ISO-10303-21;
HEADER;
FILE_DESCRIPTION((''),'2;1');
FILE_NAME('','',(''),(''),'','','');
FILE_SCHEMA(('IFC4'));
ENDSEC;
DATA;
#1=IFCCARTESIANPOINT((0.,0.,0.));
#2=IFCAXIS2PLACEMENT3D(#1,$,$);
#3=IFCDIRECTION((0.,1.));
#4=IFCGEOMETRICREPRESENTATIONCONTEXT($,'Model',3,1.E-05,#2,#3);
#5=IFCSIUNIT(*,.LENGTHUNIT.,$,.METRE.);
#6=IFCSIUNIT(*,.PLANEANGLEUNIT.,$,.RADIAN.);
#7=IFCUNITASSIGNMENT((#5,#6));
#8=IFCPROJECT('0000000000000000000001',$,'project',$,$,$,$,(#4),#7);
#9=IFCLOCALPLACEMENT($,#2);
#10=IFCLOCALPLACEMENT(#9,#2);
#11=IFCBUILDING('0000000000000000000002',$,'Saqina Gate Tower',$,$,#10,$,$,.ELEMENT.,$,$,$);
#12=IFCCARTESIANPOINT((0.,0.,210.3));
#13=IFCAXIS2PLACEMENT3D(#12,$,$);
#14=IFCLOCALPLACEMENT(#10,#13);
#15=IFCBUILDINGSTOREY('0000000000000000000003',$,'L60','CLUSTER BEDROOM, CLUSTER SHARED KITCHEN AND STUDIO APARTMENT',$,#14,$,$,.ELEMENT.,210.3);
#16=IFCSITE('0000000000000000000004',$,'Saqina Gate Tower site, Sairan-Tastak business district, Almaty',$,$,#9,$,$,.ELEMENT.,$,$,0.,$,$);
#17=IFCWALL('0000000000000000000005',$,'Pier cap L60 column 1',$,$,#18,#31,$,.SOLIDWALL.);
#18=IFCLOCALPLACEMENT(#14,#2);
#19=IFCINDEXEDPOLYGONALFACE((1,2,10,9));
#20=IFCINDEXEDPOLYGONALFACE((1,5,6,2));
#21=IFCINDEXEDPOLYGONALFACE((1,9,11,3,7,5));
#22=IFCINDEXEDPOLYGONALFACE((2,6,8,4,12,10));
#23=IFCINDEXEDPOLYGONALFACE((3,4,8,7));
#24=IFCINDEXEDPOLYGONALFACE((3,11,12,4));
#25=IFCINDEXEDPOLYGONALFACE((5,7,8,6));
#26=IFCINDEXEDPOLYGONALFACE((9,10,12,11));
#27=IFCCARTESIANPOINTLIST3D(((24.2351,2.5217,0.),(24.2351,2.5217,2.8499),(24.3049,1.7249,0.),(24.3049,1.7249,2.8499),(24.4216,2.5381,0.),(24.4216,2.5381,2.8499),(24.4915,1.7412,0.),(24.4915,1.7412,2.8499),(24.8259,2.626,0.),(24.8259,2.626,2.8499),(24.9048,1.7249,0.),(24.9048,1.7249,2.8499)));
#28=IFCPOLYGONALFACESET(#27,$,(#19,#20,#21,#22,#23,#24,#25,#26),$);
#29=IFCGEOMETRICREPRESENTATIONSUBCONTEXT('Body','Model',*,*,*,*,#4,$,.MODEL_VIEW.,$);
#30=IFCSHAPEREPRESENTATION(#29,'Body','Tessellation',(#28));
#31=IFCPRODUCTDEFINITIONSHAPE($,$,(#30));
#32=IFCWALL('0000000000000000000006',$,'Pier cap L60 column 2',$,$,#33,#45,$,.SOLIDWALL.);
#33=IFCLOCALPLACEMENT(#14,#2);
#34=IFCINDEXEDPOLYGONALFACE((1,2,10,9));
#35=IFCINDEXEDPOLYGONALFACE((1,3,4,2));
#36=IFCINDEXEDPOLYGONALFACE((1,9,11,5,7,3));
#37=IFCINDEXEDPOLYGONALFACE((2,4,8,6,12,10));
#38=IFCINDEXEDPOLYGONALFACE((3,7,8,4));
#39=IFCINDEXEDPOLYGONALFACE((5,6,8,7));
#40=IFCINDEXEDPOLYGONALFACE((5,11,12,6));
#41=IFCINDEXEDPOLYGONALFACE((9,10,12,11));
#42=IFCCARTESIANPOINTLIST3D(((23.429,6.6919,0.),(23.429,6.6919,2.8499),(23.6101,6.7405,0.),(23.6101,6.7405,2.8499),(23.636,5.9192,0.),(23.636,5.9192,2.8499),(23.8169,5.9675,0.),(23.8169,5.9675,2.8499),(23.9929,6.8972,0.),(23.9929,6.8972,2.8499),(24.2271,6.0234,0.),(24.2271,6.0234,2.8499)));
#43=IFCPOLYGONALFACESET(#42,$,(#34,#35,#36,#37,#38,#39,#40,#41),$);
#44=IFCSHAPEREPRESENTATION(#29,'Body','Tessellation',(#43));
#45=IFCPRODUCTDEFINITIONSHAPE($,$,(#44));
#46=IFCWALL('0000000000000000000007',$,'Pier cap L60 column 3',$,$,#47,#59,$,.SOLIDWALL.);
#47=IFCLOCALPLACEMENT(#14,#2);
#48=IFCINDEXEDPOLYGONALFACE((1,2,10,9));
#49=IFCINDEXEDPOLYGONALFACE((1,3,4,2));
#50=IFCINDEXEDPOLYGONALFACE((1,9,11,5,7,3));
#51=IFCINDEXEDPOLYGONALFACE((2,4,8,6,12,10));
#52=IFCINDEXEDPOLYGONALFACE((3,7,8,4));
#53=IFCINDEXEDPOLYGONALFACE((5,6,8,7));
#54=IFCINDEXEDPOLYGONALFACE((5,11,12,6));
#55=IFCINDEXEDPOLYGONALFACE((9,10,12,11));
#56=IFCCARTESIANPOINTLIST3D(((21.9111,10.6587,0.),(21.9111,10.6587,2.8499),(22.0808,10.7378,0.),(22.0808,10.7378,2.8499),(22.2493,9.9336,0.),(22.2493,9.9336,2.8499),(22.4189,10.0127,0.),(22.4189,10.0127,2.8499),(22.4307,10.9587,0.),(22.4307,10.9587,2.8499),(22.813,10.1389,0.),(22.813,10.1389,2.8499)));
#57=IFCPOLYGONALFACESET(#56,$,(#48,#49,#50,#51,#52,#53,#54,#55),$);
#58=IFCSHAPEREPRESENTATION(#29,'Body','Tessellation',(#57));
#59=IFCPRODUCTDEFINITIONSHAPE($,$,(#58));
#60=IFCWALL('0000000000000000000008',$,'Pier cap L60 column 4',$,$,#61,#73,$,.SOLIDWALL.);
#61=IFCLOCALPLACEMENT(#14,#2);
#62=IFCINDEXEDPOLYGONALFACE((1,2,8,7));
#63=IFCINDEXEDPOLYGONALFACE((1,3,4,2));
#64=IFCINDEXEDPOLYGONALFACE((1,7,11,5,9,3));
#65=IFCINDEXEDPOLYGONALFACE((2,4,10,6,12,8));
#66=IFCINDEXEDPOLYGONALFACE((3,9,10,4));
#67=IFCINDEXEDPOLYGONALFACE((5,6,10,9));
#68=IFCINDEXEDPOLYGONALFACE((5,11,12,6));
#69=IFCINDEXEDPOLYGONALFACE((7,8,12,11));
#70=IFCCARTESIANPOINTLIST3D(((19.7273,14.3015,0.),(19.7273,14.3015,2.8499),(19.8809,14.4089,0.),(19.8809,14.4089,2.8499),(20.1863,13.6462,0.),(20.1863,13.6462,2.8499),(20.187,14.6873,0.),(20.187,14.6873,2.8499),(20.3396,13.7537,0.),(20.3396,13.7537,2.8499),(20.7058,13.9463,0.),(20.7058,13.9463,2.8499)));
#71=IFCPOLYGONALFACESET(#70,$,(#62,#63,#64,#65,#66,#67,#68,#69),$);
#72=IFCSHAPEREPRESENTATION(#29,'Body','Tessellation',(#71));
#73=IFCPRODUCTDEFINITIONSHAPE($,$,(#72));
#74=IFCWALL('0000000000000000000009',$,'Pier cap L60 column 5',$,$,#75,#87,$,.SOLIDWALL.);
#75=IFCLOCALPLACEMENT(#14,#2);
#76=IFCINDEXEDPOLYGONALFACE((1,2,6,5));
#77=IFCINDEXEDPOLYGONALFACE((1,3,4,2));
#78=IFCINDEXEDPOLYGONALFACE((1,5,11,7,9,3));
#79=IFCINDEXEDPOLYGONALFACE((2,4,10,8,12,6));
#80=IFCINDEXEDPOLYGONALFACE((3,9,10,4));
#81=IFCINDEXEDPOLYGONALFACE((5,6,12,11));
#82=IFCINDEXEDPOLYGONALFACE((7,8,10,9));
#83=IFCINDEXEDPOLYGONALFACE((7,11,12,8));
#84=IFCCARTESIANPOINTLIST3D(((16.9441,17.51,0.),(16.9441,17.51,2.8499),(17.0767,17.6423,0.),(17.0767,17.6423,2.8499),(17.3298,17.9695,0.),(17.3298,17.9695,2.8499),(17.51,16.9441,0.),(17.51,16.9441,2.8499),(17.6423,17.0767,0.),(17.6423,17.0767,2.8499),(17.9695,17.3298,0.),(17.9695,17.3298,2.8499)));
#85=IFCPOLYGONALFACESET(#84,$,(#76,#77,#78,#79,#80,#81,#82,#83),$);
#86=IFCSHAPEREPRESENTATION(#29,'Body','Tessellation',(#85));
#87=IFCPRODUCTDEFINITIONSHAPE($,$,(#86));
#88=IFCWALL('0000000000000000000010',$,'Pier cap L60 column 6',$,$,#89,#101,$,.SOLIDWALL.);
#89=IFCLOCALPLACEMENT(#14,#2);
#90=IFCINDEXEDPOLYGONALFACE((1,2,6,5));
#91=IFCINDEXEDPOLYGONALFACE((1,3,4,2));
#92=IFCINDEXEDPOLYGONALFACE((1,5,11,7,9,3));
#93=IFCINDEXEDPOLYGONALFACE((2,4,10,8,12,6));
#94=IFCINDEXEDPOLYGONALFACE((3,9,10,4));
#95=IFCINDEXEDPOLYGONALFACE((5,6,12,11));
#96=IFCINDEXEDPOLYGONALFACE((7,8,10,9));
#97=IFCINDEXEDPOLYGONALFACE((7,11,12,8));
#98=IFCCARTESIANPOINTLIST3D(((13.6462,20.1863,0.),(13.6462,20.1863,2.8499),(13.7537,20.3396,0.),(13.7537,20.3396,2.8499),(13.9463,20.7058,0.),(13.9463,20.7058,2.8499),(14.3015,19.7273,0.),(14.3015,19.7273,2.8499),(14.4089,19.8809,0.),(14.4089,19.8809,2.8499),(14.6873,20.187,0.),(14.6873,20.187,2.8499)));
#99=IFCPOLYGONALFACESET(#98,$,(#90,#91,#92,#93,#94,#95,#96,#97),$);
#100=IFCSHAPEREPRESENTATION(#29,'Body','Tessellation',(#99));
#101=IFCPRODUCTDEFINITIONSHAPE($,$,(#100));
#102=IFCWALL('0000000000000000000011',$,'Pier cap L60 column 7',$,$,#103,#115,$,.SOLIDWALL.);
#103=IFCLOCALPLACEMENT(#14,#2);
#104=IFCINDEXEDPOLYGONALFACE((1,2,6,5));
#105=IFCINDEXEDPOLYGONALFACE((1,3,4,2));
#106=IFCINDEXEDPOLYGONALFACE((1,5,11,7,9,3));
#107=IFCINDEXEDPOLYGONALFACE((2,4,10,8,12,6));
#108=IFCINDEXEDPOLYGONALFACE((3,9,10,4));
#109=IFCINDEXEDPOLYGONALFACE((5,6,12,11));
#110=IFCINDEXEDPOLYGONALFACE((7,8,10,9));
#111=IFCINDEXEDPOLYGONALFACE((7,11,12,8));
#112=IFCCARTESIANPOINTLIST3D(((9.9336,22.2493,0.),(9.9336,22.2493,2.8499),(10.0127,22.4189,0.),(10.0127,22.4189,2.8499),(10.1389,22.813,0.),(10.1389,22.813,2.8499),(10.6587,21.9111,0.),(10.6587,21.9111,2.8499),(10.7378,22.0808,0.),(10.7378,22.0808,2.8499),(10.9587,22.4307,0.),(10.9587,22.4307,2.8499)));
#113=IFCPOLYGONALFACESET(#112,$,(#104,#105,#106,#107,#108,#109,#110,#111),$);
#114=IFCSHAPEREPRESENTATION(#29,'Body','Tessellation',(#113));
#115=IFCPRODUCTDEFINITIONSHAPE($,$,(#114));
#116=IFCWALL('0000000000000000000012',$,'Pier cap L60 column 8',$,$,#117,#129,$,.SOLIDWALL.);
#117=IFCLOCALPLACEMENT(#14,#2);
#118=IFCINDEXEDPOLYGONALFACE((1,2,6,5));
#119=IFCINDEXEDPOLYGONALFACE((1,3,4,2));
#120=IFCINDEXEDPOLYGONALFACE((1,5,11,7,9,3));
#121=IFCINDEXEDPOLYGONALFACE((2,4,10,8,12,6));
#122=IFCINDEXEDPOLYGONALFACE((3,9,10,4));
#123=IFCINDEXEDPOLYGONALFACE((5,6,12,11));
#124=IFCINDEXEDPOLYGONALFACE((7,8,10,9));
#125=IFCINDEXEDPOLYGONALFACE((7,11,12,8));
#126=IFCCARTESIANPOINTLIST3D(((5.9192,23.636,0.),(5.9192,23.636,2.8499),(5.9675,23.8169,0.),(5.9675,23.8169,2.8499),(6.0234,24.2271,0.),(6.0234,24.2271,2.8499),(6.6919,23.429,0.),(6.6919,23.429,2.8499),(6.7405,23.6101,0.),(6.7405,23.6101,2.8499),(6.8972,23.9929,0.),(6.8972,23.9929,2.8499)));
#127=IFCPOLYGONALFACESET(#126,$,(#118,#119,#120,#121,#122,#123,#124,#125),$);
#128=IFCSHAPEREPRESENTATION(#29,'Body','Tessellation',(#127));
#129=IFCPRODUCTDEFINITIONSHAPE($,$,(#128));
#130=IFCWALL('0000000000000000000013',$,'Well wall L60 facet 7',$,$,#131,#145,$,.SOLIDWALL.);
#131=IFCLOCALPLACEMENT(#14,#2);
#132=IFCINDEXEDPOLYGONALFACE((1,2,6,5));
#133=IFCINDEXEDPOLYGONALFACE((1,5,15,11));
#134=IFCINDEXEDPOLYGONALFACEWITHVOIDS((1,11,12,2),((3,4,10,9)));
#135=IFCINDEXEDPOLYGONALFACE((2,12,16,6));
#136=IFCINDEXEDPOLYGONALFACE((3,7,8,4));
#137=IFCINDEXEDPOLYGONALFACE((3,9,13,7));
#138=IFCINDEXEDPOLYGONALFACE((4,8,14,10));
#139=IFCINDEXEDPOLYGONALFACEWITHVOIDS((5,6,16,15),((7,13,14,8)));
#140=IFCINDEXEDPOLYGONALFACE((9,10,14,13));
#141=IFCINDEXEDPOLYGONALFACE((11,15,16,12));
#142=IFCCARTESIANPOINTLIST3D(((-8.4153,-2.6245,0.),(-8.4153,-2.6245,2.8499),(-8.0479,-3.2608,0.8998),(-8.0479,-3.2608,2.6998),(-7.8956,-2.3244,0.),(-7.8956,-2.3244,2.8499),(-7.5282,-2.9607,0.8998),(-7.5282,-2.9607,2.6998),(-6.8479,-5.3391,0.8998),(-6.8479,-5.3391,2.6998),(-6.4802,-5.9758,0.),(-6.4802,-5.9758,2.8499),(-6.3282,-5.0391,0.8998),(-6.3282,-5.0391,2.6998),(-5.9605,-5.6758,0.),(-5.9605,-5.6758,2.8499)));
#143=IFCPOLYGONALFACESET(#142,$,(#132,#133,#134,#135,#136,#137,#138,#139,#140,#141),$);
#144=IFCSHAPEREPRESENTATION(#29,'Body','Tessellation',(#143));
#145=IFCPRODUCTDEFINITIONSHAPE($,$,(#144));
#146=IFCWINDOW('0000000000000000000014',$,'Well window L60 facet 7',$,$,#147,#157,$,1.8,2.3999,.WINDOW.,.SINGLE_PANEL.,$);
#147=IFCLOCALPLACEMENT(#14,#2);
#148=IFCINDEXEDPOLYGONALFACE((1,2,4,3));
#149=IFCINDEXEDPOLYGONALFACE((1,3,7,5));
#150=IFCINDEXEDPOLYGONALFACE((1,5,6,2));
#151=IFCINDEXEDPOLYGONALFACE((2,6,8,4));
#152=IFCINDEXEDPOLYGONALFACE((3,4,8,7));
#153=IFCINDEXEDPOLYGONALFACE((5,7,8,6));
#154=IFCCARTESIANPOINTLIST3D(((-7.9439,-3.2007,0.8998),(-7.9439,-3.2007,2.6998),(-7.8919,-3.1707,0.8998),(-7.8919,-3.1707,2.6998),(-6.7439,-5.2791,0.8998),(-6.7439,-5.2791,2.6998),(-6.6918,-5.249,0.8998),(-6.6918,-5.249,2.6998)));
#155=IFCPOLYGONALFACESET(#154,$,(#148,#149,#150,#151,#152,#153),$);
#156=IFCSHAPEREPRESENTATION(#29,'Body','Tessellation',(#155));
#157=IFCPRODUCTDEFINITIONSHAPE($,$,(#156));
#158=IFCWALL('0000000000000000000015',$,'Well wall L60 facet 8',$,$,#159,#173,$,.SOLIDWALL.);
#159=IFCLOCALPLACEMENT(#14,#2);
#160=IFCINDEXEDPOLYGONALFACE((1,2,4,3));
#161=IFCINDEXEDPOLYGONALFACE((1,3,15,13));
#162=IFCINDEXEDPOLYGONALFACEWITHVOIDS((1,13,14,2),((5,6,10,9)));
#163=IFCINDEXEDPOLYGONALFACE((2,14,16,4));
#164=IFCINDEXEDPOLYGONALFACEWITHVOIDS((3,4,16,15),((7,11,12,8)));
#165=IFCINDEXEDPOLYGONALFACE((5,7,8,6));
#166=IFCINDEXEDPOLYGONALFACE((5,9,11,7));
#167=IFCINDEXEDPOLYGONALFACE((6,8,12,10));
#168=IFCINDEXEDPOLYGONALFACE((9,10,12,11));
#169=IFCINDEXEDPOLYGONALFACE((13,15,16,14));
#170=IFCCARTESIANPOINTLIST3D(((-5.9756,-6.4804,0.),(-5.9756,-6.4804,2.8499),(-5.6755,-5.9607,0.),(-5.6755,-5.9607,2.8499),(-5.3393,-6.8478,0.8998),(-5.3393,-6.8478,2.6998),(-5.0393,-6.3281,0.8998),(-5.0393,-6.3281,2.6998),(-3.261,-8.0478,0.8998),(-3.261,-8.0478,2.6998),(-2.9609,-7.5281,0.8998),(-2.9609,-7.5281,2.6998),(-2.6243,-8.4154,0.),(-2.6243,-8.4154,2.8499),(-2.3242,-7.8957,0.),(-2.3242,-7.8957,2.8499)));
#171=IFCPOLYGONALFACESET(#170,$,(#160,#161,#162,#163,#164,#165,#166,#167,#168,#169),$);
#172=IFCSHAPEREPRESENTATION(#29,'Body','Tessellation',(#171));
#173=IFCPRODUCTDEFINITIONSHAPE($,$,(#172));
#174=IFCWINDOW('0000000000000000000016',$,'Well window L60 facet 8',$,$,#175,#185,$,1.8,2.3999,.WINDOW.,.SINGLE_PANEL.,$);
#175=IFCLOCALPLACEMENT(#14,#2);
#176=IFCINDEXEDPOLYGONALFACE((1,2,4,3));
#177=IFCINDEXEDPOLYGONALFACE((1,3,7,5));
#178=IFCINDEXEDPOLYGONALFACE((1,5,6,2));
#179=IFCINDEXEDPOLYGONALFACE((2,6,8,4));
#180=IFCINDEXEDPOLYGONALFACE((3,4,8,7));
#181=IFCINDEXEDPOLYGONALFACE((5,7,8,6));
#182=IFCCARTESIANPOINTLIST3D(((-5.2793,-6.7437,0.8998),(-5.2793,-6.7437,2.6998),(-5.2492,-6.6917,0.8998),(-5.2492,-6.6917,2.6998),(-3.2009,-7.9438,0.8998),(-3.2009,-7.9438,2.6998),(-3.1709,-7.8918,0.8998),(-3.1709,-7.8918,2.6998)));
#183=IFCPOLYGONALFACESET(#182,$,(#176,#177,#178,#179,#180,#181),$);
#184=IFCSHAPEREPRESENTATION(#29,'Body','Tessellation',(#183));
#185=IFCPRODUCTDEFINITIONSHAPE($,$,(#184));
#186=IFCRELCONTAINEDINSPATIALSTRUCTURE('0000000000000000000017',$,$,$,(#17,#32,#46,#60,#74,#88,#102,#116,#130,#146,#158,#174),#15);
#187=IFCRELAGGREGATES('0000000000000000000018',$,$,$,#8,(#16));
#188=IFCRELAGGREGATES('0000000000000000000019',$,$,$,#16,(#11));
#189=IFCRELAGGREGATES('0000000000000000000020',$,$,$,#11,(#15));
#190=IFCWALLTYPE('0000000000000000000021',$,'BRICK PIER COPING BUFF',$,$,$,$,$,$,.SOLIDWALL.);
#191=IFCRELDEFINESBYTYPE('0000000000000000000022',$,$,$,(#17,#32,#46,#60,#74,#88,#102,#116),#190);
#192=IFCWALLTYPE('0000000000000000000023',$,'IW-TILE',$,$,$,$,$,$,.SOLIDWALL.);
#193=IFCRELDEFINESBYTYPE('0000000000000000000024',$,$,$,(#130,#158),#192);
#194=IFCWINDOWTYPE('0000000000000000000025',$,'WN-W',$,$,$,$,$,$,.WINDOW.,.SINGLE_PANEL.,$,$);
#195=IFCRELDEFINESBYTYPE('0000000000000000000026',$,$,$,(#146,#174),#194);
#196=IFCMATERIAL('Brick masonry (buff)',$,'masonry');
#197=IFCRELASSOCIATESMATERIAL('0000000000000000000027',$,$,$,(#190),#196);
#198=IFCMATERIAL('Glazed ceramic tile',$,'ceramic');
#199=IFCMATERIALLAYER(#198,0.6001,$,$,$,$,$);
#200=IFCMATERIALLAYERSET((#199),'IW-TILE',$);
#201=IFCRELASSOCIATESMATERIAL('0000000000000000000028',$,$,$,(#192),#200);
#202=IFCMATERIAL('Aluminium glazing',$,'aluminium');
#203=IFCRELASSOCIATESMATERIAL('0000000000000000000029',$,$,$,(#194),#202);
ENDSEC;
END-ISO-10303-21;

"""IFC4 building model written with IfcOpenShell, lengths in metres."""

from ifc_helpers import new_model, si_unit, direction, frame, frame_2d, origin, place, context, subcontext, project, spatial, polyline, rectangle, outline, extrude, material, layer, layer_set, type_object, element, fill, save


model = new_model("IFC4")

# Units and contexts
model_context = context("Model", 3, precision=1e-05, world=origin(), true_north=direction((0.0, 1.0)))
body_context = subcontext(model_context, "Body", "Model", "MODEL_VIEW")
ifc_project = project(units=[si_unit("LENGTHUNIT", "METRE"), si_unit("PLANEANGLEUNIT", "RADIAN")], contexts=[model_context])

# Site, building, storey
site_placement = place(None, origin())
site = spatial("IfcSite", under=ifc_project, at=site_placement, Name="Saqina Gate Tower site, Sairan-Tastak business district, Almaty", CompositionType="ELEMENT", RefElevation=0.0)
building_placement = place(site_placement, origin())
building = spatial("IfcBuilding", under=site, at=building_placement, Name="Saqina Gate Tower", CompositionType="ELEMENT")
storey_placement = place(building_placement, frame((0.0, 0.0, 210.3)))
storey = spatial("IfcBuildingStorey", under=building, at=storey_placement, Name="L60", Description="CLUSTER BEDROOM, CLUSTER SHARED KITCHEN AND STUDIO APARTMENT", CompositionType="ELEMENT", Elevation=210.3)

# Walls
ifc_material_1 = material(Name="Brick masonry (buff)", Category="masonry")
wall_type_1 = type_object("IfcWallType", Name="BRICK PIER COPING BUFF", PredefinedType="SOLIDWALL", material=ifc_material_1)
wall_1_placement = place(storey_placement, origin())
element("IfcWall", 1, at=wall_1_placement, inside=storey, type_object=wall_type_1, Name="Pier cap L60 column 1", PredefinedType="SOLIDWALL", context=body_context, shape_type="SweptSolid", body=[
    extrude(outline(polyline([(24.9048, 1.7249), (24.8259, 2.626), (24.2351, 2.5217), (24.4216, 2.5381), (24.4915, 1.7412), (24.3049, 1.7249), (24.9048, 1.7249)])), origin(), (0.0, 0.0, 1.0), 2.8499),
])
wall_2_placement = place(storey_placement, origin())
element("IfcWall", 2, at=wall_2_placement, inside=storey, type_object=wall_type_1, Name="Pier cap L60 column 2", PredefinedType="SOLIDWALL", context=body_context, shape_type="SweptSolid", body=[
    extrude(outline(polyline([(24.2271, 6.0234), (23.9929, 6.8972), (23.429, 6.6919), (23.6101, 6.7405), (23.8169, 5.9675), (23.636, 5.9192), (24.2271, 6.0234)])), origin(), (0.0, 0.0, 1.0), 2.8499),
])
wall_3_placement = place(storey_placement, origin())
element("IfcWall", 3, at=wall_3_placement, inside=storey, type_object=wall_type_1, Name="Pier cap L60 column 3", PredefinedType="SOLIDWALL", context=body_context, shape_type="SweptSolid", body=[
    extrude(outline(polyline([(22.4307, 10.9587), (21.9111, 10.6587), (22.0808, 10.7378), (22.4189, 10.0127), (22.2493, 9.9336), (22.813, 10.1389), (22.4307, 10.9587)])), origin(), (0.0, 0.0, 1.0), 2.8499),
])
wall_4_placement = place(storey_placement, origin())
element("IfcWall", 4, at=wall_4_placement, inside=storey, type_object=wall_type_1, Name="Pier cap L60 column 4", PredefinedType="SOLIDWALL", context=body_context, shape_type="SweptSolid", body=[
    extrude(outline(polyline([(20.7058, 13.9463), (20.187, 14.6873), (19.7273, 14.3015), (19.8809, 14.4089), (20.3396, 13.7537), (20.1863, 13.6462), (20.7058, 13.9463)])), origin(), (0.0, 0.0, 1.0), 2.8499),
])
wall_5_placement = place(storey_placement, origin())
element("IfcWall", 5, at=wall_5_placement, inside=storey, type_object=wall_type_1, Name="Pier cap L60 column 5", PredefinedType="SOLIDWALL", context=body_context, shape_type="SweptSolid", body=[
    extrude(outline(polyline([(17.3298, 17.9695), (16.9441, 17.51), (17.0767, 17.6423), (17.6423, 17.0767), (17.51, 16.9441), (17.9695, 17.3298), (17.3298, 17.9695)])), origin(), (0.0, 0.0, 1.0), 2.8499),
])
wall_6_placement = place(storey_placement, origin())
element("IfcWall", 6, at=wall_6_placement, inside=storey, type_object=wall_type_1, Name="Pier cap L60 column 6", PredefinedType="SOLIDWALL", context=body_context, shape_type="SweptSolid", body=[
    extrude(outline(polyline([(14.6873, 20.187), (13.9463, 20.7058), (13.6462, 20.1863), (13.7537, 20.3396), (14.4089, 19.8809), (14.3015, 19.7273), (14.6873, 20.187)])), origin(), (0.0, 0.0, 1.0), 2.8499),
])
wall_7_placement = place(storey_placement, origin())
element("IfcWall", 7, at=wall_7_placement, inside=storey, type_object=wall_type_1, Name="Pier cap L60 column 7", PredefinedType="SOLIDWALL", context=body_context, shape_type="SweptSolid", body=[
    extrude(outline(polyline([(10.1389, 22.813), (9.9336, 22.2493), (10.0127, 22.4189), (10.7378, 22.0808), (10.6587, 21.9111), (10.9587, 22.4307), (10.1389, 22.813)])), origin(), (0.0, 0.0, 1.0), 2.8499),
])
wall_8_placement = place(storey_placement, origin())
element("IfcWall", 8, at=wall_8_placement, inside=storey, type_object=wall_type_1, Name="Pier cap L60 column 8", PredefinedType="SOLIDWALL", context=body_context, shape_type="SweptSolid", body=[
    extrude(outline(polyline([(6.0234, 24.2271), (5.9192, 23.636), (5.9675, 23.8169), (6.7405, 23.6101), (6.6919, 23.429), (6.8972, 23.9929), (6.0234, 24.2271)])), origin(), (0.0, 0.0, 1.0), 2.8499),
])

# Walls, openings, windows
ifc_material_2 = material(Name="Glazed ceramic tile", Category="ceramic")
ifc_layer_1 = layer(ifc_material_2, 0.6001)
ifc_layer_set_1 = layer_set([ifc_layer_1], Name="IW-TILE")
wall_type_2 = type_object("IfcWallType", Name="IW-TILE", PredefinedType="SOLIDWALL", material=ifc_layer_set_1)
wall_9_placement = place(storey_placement, frame((-8.1555, -2.4744, 0.0), z_axis=(0.0, 0.0, 1.0), x_axis=(0.500034, -0.866006, 0.0)))
wall_9 = element("IfcWall", 9, at=wall_9_placement, inside=storey, type_object=wall_type_2, Name="Well wall L60 facet 7", PredefinedType="SOLIDWALL", context=body_context, shape_type="SweptSolid", body=[
    extrude(rectangle(XDim=3.8699, YDim=0.6001, at=frame_2d((1.9351, 0.0))), origin(), (0.0, 0.0, 1.0), 2.8499),
])
opening_1_placement = place(wall_9_placement, frame((0.7349, 0.0, 0.8999)))
opening_1 = element("IfcOpeningElement", 10, at=opening_1_placement, cuts=wall_9, PredefinedType="OPENING", context=body_context, shape_type="SweptSolid", body=[
    extrude(rectangle(XDim=2.3999, YDim=1.8, at=frame_2d((1.2, 0.8999))), frame((0.0, 0.312, 0.0), z_axis=(0.0, -1.0, 0.0), x_axis=(1.0, 0.0, 0.0)), (0.0, 0.0, 1.0), 0.624),
])
ifc_material_3 = material(Name="Aluminium glazing", Category="aluminium")
window_type = type_object("IfcWindowType", Name="WN-W", PartitioningType="SINGLE_PANEL", PredefinedType="WINDOW", material=ifc_material_3)
window_1_placement = place(opening_1_placement, origin())
window_1 = element("IfcWindow", 11, at=window_1_placement, inside=storey, type_object=window_type, Name="Well window L60 facet 7", OverallHeight=1.8, OverallWidth=2.3999, PartitioningType="SINGLE_PANEL", PredefinedType="WINDOW", context=body_context, shape_type="SweptSolid", body=[
    extrude(rectangle(XDim=2.3999, YDim=1.8, at=frame_2d((1.2, 0.8999))), frame((0.0, -0.1199, 0.0), z_axis=(0.0, -1.0, 0.0), x_axis=(1.0, 0.0, 0.0)), (0.0, 0.0, 1.0), 0.0601),
])
fill(opening_1, window_1)
wall_10_placement = place(storey_placement, frame((-5.8257, -6.2205, 0.0), z_axis=(0.0, 0.0, 1.0), x_axis=(0.866006, -0.500034, 0.0)))
wall_10 = element("IfcWall", 12, at=wall_10_placement, inside=storey, type_object=wall_type_2, Name="Well wall L60 facet 8", PredefinedType="SOLIDWALL", context=body_context, shape_type="SweptSolid", body=[
    extrude(rectangle(XDim=3.8699, YDim=0.6001, at=frame_2d((1.9351, 0.0))), origin(), (0.0, 0.0, 1.0), 2.8499),
])
opening_2_placement = place(wall_10_placement, frame((0.7349, 0.0, 0.8999)))
opening_2 = element("IfcOpeningElement", 13, at=opening_2_placement, cuts=wall_10, PredefinedType="OPENING", context=body_context, shape_type="SweptSolid", body=[
    extrude(rectangle(XDim=2.3999, YDim=1.8, at=frame_2d((1.2, 0.8999))), frame((0.0, 0.312, 0.0), z_axis=(0.0, -1.0, 0.0), x_axis=(1.0, 0.0, 0.0)), (0.0, 0.0, 1.0), 0.624),
])
window_2_placement = place(opening_2_placement, origin())
window_2 = element("IfcWindow", 14, at=window_2_placement, inside=storey, type_object=window_type, Name="Well window L60 facet 8", OverallHeight=1.8, OverallWidth=2.3999, PartitioningType="SINGLE_PANEL", PredefinedType="WINDOW", context=body_context, shape_type="SweptSolid", body=[
    extrude(rectangle(XDim=2.3999, YDim=1.8, at=frame_2d((1.2, 0.8999))), frame((0.0, -0.1199, 0.0), z_axis=(0.0, -1.0, 0.0), x_axis=(1.0, 0.0, 0.0)), (0.0, 0.0, 1.0), 0.0601),
])
fill(opening_2, window_2)

save(model, "model.ifc")
